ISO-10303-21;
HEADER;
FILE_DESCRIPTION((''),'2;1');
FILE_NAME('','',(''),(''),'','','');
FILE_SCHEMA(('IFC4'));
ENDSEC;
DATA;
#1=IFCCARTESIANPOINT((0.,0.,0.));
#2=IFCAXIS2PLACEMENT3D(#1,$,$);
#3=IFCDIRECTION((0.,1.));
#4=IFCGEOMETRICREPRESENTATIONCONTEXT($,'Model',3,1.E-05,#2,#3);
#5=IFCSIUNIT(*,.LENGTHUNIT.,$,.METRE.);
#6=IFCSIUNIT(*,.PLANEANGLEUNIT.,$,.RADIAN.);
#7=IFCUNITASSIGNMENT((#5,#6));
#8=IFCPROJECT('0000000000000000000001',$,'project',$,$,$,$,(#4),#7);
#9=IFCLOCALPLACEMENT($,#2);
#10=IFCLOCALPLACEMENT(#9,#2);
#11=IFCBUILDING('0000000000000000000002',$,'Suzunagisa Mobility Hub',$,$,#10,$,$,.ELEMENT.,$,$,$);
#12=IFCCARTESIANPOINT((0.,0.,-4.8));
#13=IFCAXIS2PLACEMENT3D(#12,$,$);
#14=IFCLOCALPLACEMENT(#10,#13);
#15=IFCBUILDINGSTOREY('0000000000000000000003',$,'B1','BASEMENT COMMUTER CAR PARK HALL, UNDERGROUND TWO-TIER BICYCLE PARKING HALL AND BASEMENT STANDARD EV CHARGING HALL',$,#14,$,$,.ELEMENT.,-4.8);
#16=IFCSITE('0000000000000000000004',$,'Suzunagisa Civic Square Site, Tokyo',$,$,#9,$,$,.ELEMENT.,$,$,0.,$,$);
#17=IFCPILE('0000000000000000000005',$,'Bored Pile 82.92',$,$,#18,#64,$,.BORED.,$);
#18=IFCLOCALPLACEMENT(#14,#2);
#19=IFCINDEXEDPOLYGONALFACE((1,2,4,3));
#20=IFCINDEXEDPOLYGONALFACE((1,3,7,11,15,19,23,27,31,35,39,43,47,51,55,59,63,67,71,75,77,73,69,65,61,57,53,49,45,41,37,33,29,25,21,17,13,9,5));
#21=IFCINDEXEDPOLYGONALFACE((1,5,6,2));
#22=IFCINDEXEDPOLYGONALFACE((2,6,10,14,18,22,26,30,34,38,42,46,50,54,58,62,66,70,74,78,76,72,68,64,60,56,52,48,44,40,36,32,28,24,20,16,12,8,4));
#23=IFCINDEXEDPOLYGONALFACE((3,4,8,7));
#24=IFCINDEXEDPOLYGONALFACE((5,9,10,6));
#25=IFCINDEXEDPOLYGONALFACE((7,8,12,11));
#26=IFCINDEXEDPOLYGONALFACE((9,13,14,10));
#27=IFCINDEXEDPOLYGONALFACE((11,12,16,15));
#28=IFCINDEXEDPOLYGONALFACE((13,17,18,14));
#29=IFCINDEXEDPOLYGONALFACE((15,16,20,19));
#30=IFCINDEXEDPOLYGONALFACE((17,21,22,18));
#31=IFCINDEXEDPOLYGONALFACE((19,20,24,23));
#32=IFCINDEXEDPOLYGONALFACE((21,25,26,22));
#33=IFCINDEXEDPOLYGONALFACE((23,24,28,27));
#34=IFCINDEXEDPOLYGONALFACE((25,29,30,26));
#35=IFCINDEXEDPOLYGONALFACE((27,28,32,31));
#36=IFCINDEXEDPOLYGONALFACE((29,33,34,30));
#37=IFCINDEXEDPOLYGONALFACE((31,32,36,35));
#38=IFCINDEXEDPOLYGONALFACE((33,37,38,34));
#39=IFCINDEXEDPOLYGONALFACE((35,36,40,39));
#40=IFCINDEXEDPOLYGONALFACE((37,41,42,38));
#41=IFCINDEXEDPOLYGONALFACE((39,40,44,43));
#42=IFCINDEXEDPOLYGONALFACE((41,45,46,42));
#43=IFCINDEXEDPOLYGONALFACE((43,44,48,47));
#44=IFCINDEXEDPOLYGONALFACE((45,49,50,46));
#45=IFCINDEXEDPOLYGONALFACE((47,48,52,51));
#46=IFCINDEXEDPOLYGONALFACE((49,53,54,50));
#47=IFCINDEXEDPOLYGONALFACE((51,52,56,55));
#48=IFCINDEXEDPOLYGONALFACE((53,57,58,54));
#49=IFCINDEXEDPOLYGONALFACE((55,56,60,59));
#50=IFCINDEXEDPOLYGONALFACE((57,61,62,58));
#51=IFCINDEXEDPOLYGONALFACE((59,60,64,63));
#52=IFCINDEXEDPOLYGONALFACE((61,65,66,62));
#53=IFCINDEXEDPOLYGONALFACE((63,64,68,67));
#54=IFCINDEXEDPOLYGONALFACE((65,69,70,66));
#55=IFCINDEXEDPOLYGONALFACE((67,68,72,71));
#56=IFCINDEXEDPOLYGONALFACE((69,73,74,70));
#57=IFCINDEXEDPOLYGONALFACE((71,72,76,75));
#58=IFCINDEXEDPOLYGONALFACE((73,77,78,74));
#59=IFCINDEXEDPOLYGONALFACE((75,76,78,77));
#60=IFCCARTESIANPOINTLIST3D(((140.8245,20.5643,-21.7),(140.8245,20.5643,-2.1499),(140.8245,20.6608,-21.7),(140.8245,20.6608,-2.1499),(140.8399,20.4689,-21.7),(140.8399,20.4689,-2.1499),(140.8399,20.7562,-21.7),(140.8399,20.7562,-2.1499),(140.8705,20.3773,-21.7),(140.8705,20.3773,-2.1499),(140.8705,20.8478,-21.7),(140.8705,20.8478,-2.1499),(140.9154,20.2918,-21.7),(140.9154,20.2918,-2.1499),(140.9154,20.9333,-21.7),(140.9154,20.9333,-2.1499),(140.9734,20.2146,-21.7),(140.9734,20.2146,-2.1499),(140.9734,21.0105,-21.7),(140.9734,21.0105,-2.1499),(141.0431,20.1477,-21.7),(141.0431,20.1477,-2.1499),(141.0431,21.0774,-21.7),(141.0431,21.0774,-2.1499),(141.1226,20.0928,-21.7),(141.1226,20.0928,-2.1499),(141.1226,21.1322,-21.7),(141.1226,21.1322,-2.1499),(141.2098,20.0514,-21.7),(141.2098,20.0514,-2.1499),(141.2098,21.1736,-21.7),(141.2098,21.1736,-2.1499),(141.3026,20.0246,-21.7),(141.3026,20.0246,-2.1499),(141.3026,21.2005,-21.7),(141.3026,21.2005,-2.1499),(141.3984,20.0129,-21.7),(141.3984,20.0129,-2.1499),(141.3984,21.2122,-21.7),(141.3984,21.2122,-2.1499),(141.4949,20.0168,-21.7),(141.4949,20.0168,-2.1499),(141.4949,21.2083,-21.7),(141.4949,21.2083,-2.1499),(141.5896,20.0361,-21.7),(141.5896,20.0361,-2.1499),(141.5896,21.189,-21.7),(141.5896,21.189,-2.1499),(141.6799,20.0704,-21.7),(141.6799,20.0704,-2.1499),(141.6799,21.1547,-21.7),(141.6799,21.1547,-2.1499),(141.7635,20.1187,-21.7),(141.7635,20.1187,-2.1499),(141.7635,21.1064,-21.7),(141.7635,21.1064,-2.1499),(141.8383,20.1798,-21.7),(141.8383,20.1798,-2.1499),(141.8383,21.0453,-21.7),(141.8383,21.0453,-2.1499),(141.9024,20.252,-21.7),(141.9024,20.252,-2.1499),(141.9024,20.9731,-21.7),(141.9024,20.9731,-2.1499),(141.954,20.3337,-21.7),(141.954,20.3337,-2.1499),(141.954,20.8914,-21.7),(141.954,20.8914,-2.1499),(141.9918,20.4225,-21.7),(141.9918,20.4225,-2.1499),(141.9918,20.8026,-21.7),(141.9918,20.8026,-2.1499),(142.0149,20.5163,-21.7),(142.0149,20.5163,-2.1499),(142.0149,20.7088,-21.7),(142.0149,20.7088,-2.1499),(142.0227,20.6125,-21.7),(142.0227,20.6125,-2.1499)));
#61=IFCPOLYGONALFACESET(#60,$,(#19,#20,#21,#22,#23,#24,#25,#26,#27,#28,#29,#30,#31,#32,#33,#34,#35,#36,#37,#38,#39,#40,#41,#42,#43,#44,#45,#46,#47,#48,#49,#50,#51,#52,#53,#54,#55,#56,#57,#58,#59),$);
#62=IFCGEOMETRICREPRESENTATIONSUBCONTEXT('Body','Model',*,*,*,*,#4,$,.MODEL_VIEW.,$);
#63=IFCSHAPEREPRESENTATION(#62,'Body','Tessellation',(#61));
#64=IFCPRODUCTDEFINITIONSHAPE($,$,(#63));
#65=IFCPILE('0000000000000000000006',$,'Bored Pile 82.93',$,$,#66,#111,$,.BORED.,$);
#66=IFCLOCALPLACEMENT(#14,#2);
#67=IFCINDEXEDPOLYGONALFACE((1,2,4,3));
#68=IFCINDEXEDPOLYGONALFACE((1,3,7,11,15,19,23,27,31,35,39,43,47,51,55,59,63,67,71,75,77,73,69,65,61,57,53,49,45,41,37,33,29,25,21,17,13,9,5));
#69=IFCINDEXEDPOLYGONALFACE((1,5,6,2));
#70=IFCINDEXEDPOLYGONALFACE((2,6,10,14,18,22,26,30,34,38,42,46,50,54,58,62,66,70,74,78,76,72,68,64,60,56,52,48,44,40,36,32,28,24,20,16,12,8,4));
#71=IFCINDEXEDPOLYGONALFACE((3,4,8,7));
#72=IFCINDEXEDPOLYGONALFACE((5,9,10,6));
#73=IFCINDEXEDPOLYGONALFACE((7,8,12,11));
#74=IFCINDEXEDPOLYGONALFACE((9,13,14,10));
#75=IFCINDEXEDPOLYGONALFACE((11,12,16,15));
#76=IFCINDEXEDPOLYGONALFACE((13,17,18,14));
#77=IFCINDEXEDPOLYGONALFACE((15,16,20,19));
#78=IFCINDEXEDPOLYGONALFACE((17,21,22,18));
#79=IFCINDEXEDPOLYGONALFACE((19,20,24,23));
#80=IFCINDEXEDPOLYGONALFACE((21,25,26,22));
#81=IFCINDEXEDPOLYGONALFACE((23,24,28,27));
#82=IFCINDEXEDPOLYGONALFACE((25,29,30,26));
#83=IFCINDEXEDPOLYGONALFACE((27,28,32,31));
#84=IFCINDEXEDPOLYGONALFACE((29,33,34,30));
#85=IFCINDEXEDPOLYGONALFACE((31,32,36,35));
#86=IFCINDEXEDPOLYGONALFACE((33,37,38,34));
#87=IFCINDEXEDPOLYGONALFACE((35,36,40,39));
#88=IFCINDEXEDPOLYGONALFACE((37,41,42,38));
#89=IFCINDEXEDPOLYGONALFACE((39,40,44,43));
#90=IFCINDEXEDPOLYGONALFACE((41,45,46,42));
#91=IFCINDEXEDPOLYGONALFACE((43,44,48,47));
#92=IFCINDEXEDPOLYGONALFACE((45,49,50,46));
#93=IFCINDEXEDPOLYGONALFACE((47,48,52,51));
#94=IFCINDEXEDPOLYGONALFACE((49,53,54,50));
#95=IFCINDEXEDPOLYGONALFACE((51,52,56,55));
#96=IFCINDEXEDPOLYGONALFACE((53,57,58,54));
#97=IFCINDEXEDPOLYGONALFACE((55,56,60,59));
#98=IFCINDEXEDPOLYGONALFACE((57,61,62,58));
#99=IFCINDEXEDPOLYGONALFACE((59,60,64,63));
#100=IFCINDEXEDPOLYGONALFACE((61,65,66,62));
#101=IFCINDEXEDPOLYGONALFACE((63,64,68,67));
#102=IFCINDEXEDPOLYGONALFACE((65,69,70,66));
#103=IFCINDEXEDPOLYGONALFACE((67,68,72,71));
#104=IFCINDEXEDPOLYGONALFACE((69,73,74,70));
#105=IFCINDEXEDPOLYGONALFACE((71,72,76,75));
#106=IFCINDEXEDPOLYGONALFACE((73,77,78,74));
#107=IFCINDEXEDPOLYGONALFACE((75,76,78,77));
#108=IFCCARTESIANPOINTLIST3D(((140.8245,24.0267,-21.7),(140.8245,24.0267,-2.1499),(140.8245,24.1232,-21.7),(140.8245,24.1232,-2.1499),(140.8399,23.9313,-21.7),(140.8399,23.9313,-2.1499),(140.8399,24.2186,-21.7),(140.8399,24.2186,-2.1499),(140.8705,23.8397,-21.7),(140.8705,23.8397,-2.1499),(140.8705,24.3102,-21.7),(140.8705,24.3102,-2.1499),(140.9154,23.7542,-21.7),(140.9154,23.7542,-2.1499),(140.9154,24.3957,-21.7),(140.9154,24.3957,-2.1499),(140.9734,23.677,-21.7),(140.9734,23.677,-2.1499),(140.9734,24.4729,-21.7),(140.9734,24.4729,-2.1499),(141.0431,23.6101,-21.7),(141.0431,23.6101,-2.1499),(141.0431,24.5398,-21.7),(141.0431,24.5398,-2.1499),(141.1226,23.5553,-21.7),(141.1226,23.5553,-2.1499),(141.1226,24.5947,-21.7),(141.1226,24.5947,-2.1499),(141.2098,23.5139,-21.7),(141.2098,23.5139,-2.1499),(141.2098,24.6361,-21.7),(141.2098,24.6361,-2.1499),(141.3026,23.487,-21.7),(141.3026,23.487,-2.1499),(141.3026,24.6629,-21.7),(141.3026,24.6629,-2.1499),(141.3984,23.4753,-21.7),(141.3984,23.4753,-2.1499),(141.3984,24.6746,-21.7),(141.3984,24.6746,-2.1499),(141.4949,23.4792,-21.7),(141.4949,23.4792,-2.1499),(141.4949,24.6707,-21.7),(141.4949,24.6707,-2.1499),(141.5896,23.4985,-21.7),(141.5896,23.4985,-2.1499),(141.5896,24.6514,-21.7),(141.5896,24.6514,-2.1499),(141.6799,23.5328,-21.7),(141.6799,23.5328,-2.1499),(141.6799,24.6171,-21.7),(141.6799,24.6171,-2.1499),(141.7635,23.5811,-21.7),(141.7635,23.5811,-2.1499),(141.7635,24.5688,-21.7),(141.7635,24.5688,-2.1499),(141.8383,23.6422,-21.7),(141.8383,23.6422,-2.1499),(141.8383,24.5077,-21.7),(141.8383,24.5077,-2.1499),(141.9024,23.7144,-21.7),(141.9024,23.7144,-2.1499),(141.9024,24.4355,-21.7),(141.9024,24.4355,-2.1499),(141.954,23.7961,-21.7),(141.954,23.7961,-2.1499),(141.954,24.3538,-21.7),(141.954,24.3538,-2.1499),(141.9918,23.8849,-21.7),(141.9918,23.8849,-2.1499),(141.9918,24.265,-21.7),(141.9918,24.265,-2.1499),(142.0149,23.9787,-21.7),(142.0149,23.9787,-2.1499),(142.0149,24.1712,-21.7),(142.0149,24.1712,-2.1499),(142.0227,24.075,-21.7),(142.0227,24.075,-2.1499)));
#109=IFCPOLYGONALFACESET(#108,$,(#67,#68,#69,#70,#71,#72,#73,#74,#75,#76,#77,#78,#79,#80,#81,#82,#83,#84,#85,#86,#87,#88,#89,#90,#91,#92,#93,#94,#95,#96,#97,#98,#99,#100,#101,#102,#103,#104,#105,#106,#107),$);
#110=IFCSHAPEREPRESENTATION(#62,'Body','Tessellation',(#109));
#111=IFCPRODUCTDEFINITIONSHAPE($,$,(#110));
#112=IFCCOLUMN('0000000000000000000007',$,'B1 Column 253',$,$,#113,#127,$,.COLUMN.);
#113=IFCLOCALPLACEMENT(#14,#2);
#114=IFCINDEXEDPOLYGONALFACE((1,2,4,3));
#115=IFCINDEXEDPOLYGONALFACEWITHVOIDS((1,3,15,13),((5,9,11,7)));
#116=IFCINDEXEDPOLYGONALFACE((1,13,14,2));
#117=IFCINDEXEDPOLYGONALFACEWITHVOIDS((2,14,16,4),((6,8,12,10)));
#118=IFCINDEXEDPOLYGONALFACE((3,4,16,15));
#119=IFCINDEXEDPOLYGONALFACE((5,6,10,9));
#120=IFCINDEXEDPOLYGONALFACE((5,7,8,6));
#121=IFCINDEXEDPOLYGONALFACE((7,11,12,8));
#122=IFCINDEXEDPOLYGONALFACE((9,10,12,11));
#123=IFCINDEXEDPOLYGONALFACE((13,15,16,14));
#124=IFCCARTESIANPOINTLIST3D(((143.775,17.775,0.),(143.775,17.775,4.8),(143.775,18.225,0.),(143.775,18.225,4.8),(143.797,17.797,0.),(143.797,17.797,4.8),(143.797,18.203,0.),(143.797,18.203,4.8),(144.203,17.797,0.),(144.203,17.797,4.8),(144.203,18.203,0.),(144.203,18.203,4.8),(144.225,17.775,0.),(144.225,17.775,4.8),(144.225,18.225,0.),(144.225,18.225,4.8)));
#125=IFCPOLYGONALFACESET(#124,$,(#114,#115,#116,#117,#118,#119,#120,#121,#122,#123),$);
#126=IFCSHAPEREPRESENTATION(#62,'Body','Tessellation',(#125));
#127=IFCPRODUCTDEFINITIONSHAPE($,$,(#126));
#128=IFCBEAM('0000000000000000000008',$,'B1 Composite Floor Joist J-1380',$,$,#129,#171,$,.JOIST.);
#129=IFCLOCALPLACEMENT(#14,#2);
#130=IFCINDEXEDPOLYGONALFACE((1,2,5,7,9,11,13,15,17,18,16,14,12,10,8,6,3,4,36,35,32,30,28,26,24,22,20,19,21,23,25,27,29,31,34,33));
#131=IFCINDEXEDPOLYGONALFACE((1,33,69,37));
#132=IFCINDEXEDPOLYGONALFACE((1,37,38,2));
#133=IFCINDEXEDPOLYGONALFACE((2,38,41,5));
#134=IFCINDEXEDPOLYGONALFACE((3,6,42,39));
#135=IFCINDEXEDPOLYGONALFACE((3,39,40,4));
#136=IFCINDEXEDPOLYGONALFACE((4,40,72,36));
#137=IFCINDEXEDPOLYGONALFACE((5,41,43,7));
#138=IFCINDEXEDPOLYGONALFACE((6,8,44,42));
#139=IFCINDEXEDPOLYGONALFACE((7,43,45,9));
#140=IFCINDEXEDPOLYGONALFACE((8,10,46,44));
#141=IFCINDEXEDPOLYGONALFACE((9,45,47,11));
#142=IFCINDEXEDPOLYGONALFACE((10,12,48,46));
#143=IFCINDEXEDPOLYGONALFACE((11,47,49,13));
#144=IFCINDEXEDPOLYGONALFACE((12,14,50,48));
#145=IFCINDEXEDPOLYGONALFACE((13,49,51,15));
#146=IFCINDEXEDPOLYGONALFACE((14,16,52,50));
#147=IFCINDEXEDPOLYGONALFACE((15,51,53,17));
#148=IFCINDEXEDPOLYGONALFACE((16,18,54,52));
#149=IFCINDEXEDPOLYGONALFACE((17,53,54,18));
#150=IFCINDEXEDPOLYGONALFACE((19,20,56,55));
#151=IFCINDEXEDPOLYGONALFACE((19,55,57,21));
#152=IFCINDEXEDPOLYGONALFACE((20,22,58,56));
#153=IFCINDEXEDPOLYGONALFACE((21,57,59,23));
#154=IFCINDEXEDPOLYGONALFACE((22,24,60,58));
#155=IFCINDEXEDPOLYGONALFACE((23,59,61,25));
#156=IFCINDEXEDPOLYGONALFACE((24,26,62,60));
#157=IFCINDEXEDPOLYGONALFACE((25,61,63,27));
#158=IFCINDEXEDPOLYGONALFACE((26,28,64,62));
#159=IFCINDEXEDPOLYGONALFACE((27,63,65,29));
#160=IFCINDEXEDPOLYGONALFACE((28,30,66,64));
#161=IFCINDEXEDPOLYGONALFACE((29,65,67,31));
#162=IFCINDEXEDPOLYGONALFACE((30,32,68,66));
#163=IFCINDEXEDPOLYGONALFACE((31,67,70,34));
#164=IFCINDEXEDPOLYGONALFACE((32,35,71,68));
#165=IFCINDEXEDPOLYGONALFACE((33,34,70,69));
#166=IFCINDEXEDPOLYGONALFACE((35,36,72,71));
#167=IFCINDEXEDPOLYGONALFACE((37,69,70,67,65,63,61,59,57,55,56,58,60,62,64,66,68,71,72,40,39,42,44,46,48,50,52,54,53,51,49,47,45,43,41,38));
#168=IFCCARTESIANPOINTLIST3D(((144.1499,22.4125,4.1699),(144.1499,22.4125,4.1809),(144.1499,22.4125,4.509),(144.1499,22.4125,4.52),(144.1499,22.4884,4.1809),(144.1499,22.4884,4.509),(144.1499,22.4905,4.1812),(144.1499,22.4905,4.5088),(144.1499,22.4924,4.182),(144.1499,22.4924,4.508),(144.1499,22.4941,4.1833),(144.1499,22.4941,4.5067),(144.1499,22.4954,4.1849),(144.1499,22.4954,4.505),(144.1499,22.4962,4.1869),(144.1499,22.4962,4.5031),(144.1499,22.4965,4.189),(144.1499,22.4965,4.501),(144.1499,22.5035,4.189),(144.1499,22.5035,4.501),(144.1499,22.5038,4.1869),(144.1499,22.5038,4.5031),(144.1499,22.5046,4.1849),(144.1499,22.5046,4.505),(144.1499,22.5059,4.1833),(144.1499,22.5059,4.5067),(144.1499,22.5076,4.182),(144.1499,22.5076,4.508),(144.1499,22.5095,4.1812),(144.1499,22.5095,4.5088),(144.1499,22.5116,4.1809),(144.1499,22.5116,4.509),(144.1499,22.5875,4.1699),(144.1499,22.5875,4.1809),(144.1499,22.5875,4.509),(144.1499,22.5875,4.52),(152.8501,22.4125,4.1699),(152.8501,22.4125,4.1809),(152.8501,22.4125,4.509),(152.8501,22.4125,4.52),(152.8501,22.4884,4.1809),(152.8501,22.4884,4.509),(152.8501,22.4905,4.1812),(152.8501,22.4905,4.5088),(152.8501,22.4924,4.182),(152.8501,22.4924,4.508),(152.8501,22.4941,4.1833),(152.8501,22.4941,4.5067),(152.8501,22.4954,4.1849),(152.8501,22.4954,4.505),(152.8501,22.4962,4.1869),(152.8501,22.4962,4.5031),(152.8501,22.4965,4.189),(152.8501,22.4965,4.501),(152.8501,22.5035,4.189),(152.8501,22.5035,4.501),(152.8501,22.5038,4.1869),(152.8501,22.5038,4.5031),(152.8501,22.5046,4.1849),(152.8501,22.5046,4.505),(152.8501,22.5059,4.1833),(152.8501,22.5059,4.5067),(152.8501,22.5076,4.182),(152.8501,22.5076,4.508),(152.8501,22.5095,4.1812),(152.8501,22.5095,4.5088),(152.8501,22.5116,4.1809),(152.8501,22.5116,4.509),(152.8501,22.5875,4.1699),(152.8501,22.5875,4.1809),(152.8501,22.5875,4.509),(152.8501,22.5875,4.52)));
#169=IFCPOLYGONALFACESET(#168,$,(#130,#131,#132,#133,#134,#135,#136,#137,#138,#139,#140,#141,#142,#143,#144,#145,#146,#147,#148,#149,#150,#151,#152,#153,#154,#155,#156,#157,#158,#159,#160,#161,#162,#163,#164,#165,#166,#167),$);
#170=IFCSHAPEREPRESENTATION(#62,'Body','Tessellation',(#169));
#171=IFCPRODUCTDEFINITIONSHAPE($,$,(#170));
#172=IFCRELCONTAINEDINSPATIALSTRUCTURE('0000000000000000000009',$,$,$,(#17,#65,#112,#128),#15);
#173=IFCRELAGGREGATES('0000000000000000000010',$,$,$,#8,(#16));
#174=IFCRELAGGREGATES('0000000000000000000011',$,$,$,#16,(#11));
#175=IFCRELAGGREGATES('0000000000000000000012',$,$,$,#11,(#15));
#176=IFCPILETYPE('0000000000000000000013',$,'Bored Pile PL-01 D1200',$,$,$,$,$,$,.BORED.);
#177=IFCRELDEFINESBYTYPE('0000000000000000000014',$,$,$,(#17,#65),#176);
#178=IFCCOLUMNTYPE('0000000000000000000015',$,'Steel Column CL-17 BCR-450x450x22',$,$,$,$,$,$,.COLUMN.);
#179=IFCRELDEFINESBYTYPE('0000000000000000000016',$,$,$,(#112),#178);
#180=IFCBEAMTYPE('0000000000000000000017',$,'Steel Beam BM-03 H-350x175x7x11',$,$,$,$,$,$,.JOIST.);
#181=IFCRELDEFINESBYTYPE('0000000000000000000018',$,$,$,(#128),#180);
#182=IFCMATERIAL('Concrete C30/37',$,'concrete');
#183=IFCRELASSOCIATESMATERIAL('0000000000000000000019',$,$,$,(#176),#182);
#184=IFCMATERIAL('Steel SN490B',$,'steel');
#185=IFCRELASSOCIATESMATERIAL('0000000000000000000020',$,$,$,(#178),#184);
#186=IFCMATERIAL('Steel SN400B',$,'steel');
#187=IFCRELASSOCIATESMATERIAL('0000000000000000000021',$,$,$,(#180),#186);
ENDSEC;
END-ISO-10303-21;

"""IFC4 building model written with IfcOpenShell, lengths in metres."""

from ifc_helpers import new_model, si_unit, direction, frame, origin, origin_2d, place, context, subcontext, project, spatial, hollow_rectangle, circle, i_section, extrude, material, material_profile, profile_set, type_object, element, save


model = new_model("IFC4")

# Units and contexts
model_context = context("Model", 3, precision=1e-05, world=origin(), true_north=direction((0.0, 1.0)))
body_context = subcontext(model_context, "Body", "Model", "MODEL_VIEW")
ifc_project = project(units=[si_unit("LENGTHUNIT", "METRE"), si_unit("PLANEANGLEUNIT", "RADIAN")], contexts=[model_context])

# Site, building, storey
site_placement = place(None, origin())
site = spatial("IfcSite", under=ifc_project, at=site_placement, Name="Suzunagisa Civic Square Site, Tokyo", CompositionType="ELEMENT", RefElevation=0.0)
building_placement = place(site_placement, origin())
building = spatial("IfcBuilding", under=site, at=building_placement, Name="Suzunagisa Mobility Hub", CompositionType="ELEMENT")
storey_placement = place(building_placement, frame((0.0, 0.0, -4.8)))
storey = spatial("IfcBuildingStorey", under=building, at=storey_placement, Name="B1", Description="BASEMENT COMMUTER CAR PARK HALL, UNDERGROUND TWO-TIER BICYCLE PARKING HALL AND BASEMENT STANDARD EV CHARGING HALL", CompositionType="ELEMENT", Elevation=-4.8)

# Piles
ifc_material_1 = material(Name="Concrete C30/37", Category="concrete")
ifc_material_profile_1 = material_profile(ifc_material_1, circle(Radius=0.6001, at=origin_2d()), Name="BORED PILE D1200")
ifc_profile_set_1 = profile_set([ifc_material_profile_1], Name="Concrete C30/37")
pile_type = type_object("IfcPileType", Name="Bored Pile PL-01 D1200", PredefinedType="BORED", material=ifc_profile_set_1)
for number, where, z_axis, x_axis, name in (
    (1, (141.4226, 20.6125, -2.1499), (0.0, 0.0, -1.0), (1.0, 0.0, 0.0), "Bored Pile 82.92"),
    (2, (141.4226, 24.075, -2.1499), (0.0, 0.0, -1.0), (1.0, 0.0, 0.0), "Bored Pile 82.93"),
):
    element("IfcPile", number, at=place(storey_placement, frame(where, z_axis=z_axis, x_axis=x_axis)), inside=storey, type_object=pile_type, Name=name, PredefinedType="BORED", context=body_context, shape_type="SweptSolid", body=[
        extrude(circle(Radius=0.6001, at=origin_2d()), origin(), (0.0, 0.0, 1.0), 19.55),
    ])

# Column
ifc_material_2 = material(Name="Steel SN490B", Category="steel")
ifc_material_profile_2 = material_profile(ifc_material_2, hollow_rectangle(XDim=0.45, YDim=0.45, WallThickness=0.022, at=origin_2d()), Name="BCR-450x450x22")
ifc_profile_set_2 = profile_set([ifc_material_profile_2], Name="Steel SN490B")
column_type = type_object("IfcColumnType", Name="Steel Column CL-17 BCR-450x450x22", PredefinedType="COLUMN", material=ifc_profile_set_2)
column_placement = place(storey_placement, frame((144.0, 18.0, 0.0), z_axis=(0.0, 0.0, 1.0), x_axis=(1.0, 0.0, 0.0)))
element("IfcColumn", 3, at=column_placement, inside=storey, type_object=column_type, Name="B1 Column 253", PredefinedType="COLUMN", context=body_context, shape_type="SweptSolid", body=[
    extrude(hollow_rectangle(XDim=0.45, YDim=0.45, WallThickness=0.022, at=origin_2d()), origin(), (0.0, 0.0, 1.0), 4.8),
])

# Beam
ifc_material_3 = material(Name="Steel SN400B", Category="steel")
ifc_material_profile_3 = material_profile(ifc_material_3, i_section(OverallWidth=0.175, OverallDepth=0.3501, WebThickness=0.0071, FlangeThickness=0.011, FilletRadius=0.0081, at=origin_2d()), Name="H-350x175x7x11")
ifc_profile_set_3 = profile_set([ifc_material_profile_3], Name="Steel SN400B")
beam_type_1 = type_object("IfcBeamType", Name="Steel Beam BM-03 H-350x175x7x11", PredefinedType="JOIST", material=ifc_profile_set_3)
beam_1_placement = place(storey_placement, frame((144.1499, 22.5, 4.345), z_axis=(1.0, 0.0, 0.0), x_axis=(0.0, 1.0, 0.0)))
element("IfcBeam", 4, at=beam_1_placement, inside=storey, type_object=beam_type_1, Name="B1 Composite Floor Joist J-1380", PredefinedType="JOIST", context=body_context, shape_type="SweptSolid", body=[
    extrude(i_section(OverallWidth=0.175, OverallDepth=0.3501, WebThickness=0.0071, FlangeThickness=0.011, FilletRadius=0.0081, at=origin_2d()), origin(), (0.0, 0.0, 1.0), 8.7002),
])

save(model, "model.ifc")
